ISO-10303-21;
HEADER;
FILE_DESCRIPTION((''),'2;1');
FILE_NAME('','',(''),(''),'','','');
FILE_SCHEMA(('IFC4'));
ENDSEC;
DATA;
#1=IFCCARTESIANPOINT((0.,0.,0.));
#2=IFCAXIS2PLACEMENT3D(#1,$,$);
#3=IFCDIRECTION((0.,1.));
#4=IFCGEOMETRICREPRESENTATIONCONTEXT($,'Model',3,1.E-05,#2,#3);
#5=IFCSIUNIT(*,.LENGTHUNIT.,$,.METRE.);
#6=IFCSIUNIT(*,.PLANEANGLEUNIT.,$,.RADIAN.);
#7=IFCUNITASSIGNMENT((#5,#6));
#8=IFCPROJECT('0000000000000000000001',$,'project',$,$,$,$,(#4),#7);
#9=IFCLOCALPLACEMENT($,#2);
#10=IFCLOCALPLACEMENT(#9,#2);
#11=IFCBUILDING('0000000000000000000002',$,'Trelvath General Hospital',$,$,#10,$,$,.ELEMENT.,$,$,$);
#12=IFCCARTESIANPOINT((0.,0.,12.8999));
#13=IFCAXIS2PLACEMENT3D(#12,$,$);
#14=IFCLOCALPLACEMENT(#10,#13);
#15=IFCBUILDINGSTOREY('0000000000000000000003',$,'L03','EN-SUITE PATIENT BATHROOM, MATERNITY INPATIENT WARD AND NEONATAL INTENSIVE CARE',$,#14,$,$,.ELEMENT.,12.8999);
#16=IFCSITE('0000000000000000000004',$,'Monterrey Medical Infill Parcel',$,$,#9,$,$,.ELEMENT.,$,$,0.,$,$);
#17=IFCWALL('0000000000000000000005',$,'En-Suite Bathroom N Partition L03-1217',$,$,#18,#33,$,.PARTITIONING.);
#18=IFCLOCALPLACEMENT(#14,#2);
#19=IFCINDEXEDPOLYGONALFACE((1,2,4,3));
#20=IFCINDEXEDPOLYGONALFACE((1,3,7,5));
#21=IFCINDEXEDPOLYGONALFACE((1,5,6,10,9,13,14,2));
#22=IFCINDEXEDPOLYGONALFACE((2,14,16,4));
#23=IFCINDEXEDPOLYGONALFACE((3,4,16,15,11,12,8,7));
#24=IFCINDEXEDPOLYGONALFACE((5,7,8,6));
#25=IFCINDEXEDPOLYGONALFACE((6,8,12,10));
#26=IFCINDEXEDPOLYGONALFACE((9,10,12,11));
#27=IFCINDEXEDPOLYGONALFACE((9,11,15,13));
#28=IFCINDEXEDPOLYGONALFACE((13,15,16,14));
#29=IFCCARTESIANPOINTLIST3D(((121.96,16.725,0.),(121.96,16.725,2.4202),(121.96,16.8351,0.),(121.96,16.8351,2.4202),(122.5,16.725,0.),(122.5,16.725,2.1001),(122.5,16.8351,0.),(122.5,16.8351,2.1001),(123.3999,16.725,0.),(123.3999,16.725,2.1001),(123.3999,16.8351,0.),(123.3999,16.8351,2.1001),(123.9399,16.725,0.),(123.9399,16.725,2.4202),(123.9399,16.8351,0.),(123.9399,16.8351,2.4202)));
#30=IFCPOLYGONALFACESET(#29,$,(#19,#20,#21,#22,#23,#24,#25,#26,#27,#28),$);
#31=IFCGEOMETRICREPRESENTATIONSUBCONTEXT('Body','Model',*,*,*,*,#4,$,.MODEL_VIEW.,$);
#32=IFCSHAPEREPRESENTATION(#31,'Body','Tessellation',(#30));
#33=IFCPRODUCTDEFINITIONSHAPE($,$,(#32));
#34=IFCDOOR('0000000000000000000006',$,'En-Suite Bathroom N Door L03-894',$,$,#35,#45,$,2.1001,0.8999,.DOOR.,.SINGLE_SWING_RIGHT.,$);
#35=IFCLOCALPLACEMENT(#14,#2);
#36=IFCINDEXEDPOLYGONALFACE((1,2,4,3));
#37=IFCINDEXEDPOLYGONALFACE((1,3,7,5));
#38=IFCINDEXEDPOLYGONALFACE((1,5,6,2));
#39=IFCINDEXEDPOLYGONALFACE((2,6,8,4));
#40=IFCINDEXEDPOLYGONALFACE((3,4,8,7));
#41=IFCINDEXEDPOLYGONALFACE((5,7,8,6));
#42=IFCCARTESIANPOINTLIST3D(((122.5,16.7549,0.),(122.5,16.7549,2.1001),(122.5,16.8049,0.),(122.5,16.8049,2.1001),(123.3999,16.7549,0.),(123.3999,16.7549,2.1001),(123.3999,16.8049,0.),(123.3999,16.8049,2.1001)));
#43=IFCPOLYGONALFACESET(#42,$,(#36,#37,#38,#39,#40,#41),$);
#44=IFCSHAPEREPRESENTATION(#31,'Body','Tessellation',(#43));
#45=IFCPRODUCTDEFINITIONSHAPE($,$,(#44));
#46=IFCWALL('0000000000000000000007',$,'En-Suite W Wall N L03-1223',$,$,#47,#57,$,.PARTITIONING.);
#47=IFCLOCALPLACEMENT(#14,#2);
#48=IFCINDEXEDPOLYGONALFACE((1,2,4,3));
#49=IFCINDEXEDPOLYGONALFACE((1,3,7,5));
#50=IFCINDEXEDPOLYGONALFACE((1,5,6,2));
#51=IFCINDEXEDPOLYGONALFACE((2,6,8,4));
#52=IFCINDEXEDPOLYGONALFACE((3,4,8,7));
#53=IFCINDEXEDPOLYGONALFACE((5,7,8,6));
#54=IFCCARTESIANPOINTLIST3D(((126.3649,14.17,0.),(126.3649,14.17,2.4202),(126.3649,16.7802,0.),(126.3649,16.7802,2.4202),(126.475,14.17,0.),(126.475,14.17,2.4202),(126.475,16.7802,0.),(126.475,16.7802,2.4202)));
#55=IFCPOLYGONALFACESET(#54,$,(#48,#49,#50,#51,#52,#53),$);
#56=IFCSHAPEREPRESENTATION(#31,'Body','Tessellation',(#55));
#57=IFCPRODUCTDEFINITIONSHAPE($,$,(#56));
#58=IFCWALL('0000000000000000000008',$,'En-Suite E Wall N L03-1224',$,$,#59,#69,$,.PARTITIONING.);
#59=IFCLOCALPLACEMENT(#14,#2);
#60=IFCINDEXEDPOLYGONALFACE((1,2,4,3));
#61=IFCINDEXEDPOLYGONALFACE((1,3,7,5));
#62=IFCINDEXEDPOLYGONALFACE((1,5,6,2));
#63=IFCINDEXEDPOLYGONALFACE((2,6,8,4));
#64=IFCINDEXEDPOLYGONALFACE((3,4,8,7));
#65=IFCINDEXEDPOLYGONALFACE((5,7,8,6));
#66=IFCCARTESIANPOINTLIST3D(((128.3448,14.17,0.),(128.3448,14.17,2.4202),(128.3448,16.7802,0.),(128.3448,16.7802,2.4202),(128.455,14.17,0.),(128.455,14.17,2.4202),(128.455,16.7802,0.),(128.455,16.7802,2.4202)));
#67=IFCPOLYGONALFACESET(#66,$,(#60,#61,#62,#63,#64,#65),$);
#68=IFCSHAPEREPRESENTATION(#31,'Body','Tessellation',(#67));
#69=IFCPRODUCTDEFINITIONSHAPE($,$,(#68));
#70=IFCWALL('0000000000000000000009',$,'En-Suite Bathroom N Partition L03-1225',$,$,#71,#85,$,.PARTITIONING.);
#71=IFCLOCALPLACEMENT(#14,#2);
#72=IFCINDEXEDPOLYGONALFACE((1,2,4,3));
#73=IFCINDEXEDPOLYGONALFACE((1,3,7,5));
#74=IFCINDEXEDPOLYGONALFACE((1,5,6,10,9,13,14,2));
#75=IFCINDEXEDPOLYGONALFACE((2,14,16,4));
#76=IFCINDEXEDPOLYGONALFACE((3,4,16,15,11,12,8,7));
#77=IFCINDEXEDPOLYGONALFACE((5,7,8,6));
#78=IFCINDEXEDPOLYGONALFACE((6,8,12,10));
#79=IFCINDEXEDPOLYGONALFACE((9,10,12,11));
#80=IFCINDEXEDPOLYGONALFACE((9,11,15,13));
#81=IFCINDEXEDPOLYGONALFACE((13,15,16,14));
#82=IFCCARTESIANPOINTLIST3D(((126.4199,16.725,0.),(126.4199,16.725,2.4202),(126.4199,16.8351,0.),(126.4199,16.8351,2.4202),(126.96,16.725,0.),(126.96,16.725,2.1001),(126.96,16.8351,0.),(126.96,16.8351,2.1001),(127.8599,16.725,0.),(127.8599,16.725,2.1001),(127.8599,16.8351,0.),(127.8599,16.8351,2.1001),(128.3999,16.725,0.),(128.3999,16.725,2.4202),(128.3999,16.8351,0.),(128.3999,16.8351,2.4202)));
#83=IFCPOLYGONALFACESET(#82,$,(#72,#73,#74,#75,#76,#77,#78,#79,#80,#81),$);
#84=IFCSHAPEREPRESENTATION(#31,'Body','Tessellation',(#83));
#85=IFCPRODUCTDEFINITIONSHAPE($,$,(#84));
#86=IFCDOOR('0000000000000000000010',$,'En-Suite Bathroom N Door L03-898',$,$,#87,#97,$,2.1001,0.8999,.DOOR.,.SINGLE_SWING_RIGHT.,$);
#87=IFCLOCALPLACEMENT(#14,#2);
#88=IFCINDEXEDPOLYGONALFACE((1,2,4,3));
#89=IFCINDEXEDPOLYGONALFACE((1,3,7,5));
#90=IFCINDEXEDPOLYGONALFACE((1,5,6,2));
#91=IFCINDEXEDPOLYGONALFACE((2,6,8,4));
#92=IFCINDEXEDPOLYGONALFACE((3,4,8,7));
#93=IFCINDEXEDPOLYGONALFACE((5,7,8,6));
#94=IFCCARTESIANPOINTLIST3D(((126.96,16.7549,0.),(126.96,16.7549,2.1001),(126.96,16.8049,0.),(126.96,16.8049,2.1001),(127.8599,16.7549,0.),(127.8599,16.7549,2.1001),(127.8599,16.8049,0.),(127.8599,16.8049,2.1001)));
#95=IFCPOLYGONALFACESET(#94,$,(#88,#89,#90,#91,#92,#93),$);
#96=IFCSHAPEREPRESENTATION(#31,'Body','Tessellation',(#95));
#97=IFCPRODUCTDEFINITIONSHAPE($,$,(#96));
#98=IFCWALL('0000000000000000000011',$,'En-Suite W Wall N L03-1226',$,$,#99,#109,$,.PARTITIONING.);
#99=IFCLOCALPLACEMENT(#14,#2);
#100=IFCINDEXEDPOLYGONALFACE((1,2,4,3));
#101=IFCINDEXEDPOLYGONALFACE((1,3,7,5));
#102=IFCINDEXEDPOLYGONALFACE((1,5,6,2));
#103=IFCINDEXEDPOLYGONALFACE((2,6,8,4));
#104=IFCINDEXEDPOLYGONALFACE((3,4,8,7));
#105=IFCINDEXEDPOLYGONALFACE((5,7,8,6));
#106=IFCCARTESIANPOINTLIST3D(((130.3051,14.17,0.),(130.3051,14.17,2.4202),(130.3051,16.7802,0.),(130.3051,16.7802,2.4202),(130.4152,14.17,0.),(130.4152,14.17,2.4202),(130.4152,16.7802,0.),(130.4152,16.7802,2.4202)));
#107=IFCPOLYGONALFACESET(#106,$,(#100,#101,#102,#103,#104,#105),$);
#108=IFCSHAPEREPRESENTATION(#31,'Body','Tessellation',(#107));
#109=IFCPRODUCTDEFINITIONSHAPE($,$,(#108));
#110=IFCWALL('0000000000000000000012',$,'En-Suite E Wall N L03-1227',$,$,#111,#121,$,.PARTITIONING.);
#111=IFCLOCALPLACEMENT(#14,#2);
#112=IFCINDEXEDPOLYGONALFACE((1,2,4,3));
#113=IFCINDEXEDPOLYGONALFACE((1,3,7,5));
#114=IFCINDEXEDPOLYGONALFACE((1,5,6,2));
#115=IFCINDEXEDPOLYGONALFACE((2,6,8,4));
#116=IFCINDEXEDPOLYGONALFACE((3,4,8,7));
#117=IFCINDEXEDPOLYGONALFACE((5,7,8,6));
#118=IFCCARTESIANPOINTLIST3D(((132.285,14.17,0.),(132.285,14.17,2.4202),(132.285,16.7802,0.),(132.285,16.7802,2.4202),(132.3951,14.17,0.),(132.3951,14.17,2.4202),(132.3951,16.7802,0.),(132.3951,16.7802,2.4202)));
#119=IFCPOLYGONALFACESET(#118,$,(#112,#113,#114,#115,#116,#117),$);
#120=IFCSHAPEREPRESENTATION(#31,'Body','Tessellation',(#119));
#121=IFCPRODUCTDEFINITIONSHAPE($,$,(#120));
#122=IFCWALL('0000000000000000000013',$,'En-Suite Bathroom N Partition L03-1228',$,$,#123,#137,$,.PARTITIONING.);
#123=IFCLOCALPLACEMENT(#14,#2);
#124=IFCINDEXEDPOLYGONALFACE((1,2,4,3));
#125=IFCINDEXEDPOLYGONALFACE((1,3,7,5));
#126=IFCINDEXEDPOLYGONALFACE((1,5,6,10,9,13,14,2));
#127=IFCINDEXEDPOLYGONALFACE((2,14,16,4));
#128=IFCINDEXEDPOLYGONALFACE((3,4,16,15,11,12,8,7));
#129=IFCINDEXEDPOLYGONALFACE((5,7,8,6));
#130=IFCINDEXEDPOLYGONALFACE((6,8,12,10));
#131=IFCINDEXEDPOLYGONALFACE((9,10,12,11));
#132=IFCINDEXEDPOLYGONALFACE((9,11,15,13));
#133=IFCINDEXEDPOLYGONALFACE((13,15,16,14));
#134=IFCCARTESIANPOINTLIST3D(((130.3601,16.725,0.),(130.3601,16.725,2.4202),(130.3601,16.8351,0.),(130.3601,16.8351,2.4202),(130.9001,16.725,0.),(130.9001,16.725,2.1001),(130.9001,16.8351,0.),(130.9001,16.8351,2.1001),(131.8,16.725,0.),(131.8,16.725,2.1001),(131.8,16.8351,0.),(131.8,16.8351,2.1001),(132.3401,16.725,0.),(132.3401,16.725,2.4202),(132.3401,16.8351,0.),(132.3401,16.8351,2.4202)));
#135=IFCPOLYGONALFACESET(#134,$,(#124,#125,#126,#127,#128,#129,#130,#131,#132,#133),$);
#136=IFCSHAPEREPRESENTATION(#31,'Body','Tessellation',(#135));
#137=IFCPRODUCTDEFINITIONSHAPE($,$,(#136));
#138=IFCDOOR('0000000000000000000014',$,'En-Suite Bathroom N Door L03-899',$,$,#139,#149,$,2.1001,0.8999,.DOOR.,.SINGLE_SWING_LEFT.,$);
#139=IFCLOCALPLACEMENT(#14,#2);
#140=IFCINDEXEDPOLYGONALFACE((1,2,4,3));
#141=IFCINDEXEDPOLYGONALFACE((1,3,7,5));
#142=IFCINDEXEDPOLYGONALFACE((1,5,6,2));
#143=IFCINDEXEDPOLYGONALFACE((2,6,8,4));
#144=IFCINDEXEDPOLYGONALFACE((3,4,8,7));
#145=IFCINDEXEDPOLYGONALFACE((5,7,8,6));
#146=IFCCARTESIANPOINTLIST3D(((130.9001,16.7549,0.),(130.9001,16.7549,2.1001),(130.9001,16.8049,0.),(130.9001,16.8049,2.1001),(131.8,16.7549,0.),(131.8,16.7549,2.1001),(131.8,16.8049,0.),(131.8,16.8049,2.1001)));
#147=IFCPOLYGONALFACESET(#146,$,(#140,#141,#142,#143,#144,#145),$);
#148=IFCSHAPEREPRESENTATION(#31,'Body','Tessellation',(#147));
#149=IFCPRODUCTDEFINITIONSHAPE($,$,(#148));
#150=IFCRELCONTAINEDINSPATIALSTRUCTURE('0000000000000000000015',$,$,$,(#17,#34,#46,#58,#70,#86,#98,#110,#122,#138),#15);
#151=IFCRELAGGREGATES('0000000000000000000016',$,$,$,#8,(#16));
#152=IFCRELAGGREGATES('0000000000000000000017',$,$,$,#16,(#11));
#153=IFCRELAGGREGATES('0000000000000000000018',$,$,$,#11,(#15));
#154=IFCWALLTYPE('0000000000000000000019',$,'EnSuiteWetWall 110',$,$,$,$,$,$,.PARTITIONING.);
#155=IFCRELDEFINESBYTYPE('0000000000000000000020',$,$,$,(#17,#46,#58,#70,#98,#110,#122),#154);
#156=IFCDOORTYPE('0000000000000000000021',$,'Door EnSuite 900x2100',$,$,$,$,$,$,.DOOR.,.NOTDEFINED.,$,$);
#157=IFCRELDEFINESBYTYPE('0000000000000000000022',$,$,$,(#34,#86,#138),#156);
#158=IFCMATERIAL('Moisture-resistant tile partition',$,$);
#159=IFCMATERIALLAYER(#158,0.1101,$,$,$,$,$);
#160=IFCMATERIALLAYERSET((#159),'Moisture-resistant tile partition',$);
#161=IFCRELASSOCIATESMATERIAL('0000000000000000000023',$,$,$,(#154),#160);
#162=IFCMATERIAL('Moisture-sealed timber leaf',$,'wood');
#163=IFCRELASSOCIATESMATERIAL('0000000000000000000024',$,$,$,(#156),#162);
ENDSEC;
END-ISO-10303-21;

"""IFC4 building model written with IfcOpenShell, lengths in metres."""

from ifc_helpers import new_model, si_unit, direction, frame, frame_2d, origin, place, context, subcontext, project, spatial, rectangle, extrude, material, layer, layer_set, type_object, element, fill, save


model = new_model("IFC4")

# Units and contexts
model_context = context("Model", 3, precision=1e-05, world=origin(), true_north=direction((0.0, 1.0)))
body_context = subcontext(model_context, "Body", "Model", "MODEL_VIEW")
ifc_project = project(units=[si_unit("LENGTHUNIT", "METRE"), si_unit("PLANEANGLEUNIT", "RADIAN")], contexts=[model_context])

# Site, building, storey
site_placement = place(None, origin())
site = spatial("IfcSite", under=ifc_project, at=site_placement, Name="Monterrey Medical Infill Parcel", CompositionType="ELEMENT", RefElevation=0.0)
building_placement = place(site_placement, origin())
building = spatial("IfcBuilding", under=site, at=building_placement, Name="Trelvath General Hospital", CompositionType="ELEMENT")
storey_placement = place(building_placement, frame((0.0, 0.0, 12.8999)))
storey = spatial("IfcBuildingStorey", under=building, at=storey_placement, Name="L03", Description="EN-SUITE PATIENT BATHROOM, MATERNITY INPATIENT WARD AND NEONATAL INTENSIVE CARE", CompositionType="ELEMENT", Elevation=12.8999)

# Shared definitions
ifc_material_1 = material(Name="Moisture-resistant tile partition")
ifc_layer_1 = layer(ifc_material_1, 0.1101)
ifc_layer_set_1 = layer_set([ifc_layer_1], Name="Moisture-resistant tile partition")
wall_type_1 = type_object("IfcWallType", Name="EnSuiteWetWall 110", PredefinedType="PARTITIONING", material=ifc_layer_set_1)
ifc_material_2 = material(Name="Moisture-sealed timber leaf", Category="wood")
door_type = type_object("IfcDoorType", Name="Door EnSuite 900x2100", OperationType="NOTDEFINED", PredefinedType="DOOR", material=ifc_material_2)

# Wall, opening, door
wall_1_placement = place(storey_placement, frame((121.96, 16.78, 0.0), z_axis=(0.0, 0.0, 1.0), x_axis=(1.0, 0.0, 0.0)))
wall_1 = element("IfcWall", 1, at=wall_1_placement, inside=storey, type_object=wall_type_1, Name="En-Suite Bathroom N Partition L03-1217", PredefinedType="PARTITIONING", context=body_context, shape_type="SweptSolid", body=[
    extrude(rectangle(XDim=1.98, YDim=0.1101, at=frame_2d((0.99, 0.0))), origin(), (0.0, 0.0, 1.0), 2.4202),
])
opening_1_placement = place(wall_1_placement, frame((0.54, 0.0, 0.0)))
opening_1 = element("IfcOpeningElement", 2, at=opening_1_placement, cuts=wall_1, PredefinedType="OPENING", context=body_context, shape_type="SweptSolid", body=[
    extrude(rectangle(XDim=0.8999, YDim=2.1001, at=frame_2d((0.45, 1.05))), frame((0.0, 0.0649, 0.0), z_axis=(0.0, -1.0, 0.0), x_axis=(1.0, 0.0, 0.0)), (0.0, 0.0, 1.0), 0.1301),
])
door_1_placement = place(opening_1_placement, origin())
door_1 = element("IfcDoor", 3, at=door_1_placement, inside=storey, type_object=door_type, Name="En-Suite Bathroom N Door L03-894", OperationType="SINGLE_SWING_RIGHT", OverallHeight=2.1001, OverallWidth=0.8999, PredefinedType="DOOR", context=body_context, shape_type="SweptSolid", body=[
    extrude(rectangle(XDim=0.8999, YDim=2.1001, at=frame_2d((0.45, 1.05))), frame((0.0, 0.0249, 0.0), z_axis=(0.0, -1.0, 0.0), x_axis=(1.0, 0.0, 0.0)), (0.0, 0.0, 1.0), 0.05),
])
fill(opening_1, door_1)

# Walls
for number, where, z_axis, x_axis, name in (
    (4, (126.4199, 14.1699, 0.0), (0.0, 0.0, 1.0), (0.0, 1.0, 0.0), "En-Suite W Wall N L03-1223"),
    (5, (128.3999, 14.1699, 0.0), (0.0, 0.0, 1.0), (0.0, 1.0, 0.0), "En-Suite E Wall N L03-1224"),
):
    element("IfcWall", number, at=place(storey_placement, frame(where, z_axis=z_axis, x_axis=x_axis)), inside=storey, type_object=wall_type_1, Name=name, PredefinedType="PARTITIONING", context=body_context, shape_type="SweptSolid", body=[
        extrude(rectangle(XDim=2.6101, YDim=0.1101, at=frame_2d((1.3052, 0.0))), origin(), (0.0, 0.0, 1.0), 2.4202),
    ])

# Wall, opening, door
wall_2_placement = place(storey_placement, frame((126.4199, 16.78, 0.0), z_axis=(0.0, 0.0, 1.0), x_axis=(1.0, 0.0, 0.0)))
wall_2 = element("IfcWall", 6, at=wall_2_placement, inside=storey, type_object=wall_type_1, Name="En-Suite Bathroom N Partition L03-1225", PredefinedType="PARTITIONING", context=body_context, shape_type="SweptSolid", body=[
    extrude(rectangle(XDim=1.98, YDim=0.1101, at=frame_2d((0.99, 0.0))), origin(), (0.0, 0.0, 1.0), 2.4202),
])
opening_2_placement = place(wall_2_placement, frame((0.54, 0.0, 0.0)))
opening_2 = element("IfcOpeningElement", 7, at=opening_2_placement, cuts=wall_2, PredefinedType="OPENING", context=body_context, shape_type="SweptSolid", body=[
    extrude(rectangle(XDim=0.8999, YDim=2.1001, at=frame_2d((0.45, 1.05))), frame((0.0, 0.0649, 0.0), z_axis=(0.0, -1.0, 0.0), x_axis=(1.0, 0.0, 0.0)), (0.0, 0.0, 1.0), 0.1301),
])
door_2_placement = place(opening_2_placement, origin())
door_2 = element("IfcDoor", 8, at=door_2_placement, inside=storey, type_object=door_type, Name="En-Suite Bathroom N Door L03-898", OperationType="SINGLE_SWING_RIGHT", OverallHeight=2.1001, OverallWidth=0.8999, PredefinedType="DOOR", context=body_context, shape_type="SweptSolid", body=[
    extrude(rectangle(XDim=0.8999, YDim=2.1001, at=frame_2d((0.45, 1.05))), frame((0.0, 0.0249, 0.0), z_axis=(0.0, -1.0, 0.0), x_axis=(1.0, 0.0, 0.0)), (0.0, 0.0, 1.0), 0.05),
])
fill(opening_2, door_2)

# Walls
for number, where, z_axis, x_axis, name in (
    (9, (130.3601, 14.1699, 0.0), (0.0, 0.0, 1.0), (0.0, 1.0, 0.0), "En-Suite W Wall N L03-1226"),
    (10, (132.3401, 14.1699, 0.0), (0.0, 0.0, 1.0), (0.0, 1.0, 0.0), "En-Suite E Wall N L03-1227"),
):
    element("IfcWall", number, at=place(storey_placement, frame(where, z_axis=z_axis, x_axis=x_axis)), inside=storey, type_object=wall_type_1, Name=name, PredefinedType="PARTITIONING", context=body_context, shape_type="SweptSolid", body=[
        extrude(rectangle(XDim=2.6101, YDim=0.1101, at=frame_2d((1.3052, 0.0))), origin(), (0.0, 0.0, 1.0), 2.4202),
    ])

# Wall, opening, door
wall_3_placement = place(storey_placement, frame((130.3601, 16.78, 0.0), z_axis=(0.0, 0.0, 1.0), x_axis=(1.0, 0.0, 0.0)))
wall_3 = element("IfcWall", 11, at=wall_3_placement, inside=storey, type_object=wall_type_1, Name="En-Suite Bathroom N Partition L03-1228", PredefinedType="PARTITIONING", context=body_context, shape_type="SweptSolid", body=[
    extrude(rectangle(XDim=1.98, YDim=0.1101, at=frame_2d((0.99, 0.0))), origin(), (0.0, 0.0, 1.0), 2.4202),
])
opening_3_placement = place(wall_3_placement, frame((0.54, 0.0, 0.0)))
opening_3 = element("IfcOpeningElement", 12, at=opening_3_placement, cuts=wall_3, PredefinedType="OPENING", context=body_context, shape_type="SweptSolid", body=[
    extrude(rectangle(XDim=0.8999, YDim=2.1001, at=frame_2d((0.45, 1.05))), frame((0.0, 0.0649, 0.0), z_axis=(0.0, -1.0, 0.0), x_axis=(1.0, 0.0, 0.0)), (0.0, 0.0, 1.0), 0.1301),
])
door_3_placement = place(opening_3_placement, origin())
door_3 = element("IfcDoor", 13, at=door_3_placement, inside=storey, type_object=door_type, Name="En-Suite Bathroom N Door L03-899", OperationType="SINGLE_SWING_LEFT", OverallHeight=2.1001, OverallWidth=0.8999, PredefinedType="DOOR", context=body_context, shape_type="SweptSolid", body=[
    extrude(rectangle(XDim=0.8999, YDim=2.1001, at=frame_2d((0.45, 1.05))), frame((0.0, 0.0249, 0.0), z_axis=(0.0, -1.0, 0.0), x_axis=(1.0, 0.0, 0.0)), (0.0, 0.0, 1.0), 0.05),
])
fill(opening_3, door_3)

save(model, "model.ifc")
